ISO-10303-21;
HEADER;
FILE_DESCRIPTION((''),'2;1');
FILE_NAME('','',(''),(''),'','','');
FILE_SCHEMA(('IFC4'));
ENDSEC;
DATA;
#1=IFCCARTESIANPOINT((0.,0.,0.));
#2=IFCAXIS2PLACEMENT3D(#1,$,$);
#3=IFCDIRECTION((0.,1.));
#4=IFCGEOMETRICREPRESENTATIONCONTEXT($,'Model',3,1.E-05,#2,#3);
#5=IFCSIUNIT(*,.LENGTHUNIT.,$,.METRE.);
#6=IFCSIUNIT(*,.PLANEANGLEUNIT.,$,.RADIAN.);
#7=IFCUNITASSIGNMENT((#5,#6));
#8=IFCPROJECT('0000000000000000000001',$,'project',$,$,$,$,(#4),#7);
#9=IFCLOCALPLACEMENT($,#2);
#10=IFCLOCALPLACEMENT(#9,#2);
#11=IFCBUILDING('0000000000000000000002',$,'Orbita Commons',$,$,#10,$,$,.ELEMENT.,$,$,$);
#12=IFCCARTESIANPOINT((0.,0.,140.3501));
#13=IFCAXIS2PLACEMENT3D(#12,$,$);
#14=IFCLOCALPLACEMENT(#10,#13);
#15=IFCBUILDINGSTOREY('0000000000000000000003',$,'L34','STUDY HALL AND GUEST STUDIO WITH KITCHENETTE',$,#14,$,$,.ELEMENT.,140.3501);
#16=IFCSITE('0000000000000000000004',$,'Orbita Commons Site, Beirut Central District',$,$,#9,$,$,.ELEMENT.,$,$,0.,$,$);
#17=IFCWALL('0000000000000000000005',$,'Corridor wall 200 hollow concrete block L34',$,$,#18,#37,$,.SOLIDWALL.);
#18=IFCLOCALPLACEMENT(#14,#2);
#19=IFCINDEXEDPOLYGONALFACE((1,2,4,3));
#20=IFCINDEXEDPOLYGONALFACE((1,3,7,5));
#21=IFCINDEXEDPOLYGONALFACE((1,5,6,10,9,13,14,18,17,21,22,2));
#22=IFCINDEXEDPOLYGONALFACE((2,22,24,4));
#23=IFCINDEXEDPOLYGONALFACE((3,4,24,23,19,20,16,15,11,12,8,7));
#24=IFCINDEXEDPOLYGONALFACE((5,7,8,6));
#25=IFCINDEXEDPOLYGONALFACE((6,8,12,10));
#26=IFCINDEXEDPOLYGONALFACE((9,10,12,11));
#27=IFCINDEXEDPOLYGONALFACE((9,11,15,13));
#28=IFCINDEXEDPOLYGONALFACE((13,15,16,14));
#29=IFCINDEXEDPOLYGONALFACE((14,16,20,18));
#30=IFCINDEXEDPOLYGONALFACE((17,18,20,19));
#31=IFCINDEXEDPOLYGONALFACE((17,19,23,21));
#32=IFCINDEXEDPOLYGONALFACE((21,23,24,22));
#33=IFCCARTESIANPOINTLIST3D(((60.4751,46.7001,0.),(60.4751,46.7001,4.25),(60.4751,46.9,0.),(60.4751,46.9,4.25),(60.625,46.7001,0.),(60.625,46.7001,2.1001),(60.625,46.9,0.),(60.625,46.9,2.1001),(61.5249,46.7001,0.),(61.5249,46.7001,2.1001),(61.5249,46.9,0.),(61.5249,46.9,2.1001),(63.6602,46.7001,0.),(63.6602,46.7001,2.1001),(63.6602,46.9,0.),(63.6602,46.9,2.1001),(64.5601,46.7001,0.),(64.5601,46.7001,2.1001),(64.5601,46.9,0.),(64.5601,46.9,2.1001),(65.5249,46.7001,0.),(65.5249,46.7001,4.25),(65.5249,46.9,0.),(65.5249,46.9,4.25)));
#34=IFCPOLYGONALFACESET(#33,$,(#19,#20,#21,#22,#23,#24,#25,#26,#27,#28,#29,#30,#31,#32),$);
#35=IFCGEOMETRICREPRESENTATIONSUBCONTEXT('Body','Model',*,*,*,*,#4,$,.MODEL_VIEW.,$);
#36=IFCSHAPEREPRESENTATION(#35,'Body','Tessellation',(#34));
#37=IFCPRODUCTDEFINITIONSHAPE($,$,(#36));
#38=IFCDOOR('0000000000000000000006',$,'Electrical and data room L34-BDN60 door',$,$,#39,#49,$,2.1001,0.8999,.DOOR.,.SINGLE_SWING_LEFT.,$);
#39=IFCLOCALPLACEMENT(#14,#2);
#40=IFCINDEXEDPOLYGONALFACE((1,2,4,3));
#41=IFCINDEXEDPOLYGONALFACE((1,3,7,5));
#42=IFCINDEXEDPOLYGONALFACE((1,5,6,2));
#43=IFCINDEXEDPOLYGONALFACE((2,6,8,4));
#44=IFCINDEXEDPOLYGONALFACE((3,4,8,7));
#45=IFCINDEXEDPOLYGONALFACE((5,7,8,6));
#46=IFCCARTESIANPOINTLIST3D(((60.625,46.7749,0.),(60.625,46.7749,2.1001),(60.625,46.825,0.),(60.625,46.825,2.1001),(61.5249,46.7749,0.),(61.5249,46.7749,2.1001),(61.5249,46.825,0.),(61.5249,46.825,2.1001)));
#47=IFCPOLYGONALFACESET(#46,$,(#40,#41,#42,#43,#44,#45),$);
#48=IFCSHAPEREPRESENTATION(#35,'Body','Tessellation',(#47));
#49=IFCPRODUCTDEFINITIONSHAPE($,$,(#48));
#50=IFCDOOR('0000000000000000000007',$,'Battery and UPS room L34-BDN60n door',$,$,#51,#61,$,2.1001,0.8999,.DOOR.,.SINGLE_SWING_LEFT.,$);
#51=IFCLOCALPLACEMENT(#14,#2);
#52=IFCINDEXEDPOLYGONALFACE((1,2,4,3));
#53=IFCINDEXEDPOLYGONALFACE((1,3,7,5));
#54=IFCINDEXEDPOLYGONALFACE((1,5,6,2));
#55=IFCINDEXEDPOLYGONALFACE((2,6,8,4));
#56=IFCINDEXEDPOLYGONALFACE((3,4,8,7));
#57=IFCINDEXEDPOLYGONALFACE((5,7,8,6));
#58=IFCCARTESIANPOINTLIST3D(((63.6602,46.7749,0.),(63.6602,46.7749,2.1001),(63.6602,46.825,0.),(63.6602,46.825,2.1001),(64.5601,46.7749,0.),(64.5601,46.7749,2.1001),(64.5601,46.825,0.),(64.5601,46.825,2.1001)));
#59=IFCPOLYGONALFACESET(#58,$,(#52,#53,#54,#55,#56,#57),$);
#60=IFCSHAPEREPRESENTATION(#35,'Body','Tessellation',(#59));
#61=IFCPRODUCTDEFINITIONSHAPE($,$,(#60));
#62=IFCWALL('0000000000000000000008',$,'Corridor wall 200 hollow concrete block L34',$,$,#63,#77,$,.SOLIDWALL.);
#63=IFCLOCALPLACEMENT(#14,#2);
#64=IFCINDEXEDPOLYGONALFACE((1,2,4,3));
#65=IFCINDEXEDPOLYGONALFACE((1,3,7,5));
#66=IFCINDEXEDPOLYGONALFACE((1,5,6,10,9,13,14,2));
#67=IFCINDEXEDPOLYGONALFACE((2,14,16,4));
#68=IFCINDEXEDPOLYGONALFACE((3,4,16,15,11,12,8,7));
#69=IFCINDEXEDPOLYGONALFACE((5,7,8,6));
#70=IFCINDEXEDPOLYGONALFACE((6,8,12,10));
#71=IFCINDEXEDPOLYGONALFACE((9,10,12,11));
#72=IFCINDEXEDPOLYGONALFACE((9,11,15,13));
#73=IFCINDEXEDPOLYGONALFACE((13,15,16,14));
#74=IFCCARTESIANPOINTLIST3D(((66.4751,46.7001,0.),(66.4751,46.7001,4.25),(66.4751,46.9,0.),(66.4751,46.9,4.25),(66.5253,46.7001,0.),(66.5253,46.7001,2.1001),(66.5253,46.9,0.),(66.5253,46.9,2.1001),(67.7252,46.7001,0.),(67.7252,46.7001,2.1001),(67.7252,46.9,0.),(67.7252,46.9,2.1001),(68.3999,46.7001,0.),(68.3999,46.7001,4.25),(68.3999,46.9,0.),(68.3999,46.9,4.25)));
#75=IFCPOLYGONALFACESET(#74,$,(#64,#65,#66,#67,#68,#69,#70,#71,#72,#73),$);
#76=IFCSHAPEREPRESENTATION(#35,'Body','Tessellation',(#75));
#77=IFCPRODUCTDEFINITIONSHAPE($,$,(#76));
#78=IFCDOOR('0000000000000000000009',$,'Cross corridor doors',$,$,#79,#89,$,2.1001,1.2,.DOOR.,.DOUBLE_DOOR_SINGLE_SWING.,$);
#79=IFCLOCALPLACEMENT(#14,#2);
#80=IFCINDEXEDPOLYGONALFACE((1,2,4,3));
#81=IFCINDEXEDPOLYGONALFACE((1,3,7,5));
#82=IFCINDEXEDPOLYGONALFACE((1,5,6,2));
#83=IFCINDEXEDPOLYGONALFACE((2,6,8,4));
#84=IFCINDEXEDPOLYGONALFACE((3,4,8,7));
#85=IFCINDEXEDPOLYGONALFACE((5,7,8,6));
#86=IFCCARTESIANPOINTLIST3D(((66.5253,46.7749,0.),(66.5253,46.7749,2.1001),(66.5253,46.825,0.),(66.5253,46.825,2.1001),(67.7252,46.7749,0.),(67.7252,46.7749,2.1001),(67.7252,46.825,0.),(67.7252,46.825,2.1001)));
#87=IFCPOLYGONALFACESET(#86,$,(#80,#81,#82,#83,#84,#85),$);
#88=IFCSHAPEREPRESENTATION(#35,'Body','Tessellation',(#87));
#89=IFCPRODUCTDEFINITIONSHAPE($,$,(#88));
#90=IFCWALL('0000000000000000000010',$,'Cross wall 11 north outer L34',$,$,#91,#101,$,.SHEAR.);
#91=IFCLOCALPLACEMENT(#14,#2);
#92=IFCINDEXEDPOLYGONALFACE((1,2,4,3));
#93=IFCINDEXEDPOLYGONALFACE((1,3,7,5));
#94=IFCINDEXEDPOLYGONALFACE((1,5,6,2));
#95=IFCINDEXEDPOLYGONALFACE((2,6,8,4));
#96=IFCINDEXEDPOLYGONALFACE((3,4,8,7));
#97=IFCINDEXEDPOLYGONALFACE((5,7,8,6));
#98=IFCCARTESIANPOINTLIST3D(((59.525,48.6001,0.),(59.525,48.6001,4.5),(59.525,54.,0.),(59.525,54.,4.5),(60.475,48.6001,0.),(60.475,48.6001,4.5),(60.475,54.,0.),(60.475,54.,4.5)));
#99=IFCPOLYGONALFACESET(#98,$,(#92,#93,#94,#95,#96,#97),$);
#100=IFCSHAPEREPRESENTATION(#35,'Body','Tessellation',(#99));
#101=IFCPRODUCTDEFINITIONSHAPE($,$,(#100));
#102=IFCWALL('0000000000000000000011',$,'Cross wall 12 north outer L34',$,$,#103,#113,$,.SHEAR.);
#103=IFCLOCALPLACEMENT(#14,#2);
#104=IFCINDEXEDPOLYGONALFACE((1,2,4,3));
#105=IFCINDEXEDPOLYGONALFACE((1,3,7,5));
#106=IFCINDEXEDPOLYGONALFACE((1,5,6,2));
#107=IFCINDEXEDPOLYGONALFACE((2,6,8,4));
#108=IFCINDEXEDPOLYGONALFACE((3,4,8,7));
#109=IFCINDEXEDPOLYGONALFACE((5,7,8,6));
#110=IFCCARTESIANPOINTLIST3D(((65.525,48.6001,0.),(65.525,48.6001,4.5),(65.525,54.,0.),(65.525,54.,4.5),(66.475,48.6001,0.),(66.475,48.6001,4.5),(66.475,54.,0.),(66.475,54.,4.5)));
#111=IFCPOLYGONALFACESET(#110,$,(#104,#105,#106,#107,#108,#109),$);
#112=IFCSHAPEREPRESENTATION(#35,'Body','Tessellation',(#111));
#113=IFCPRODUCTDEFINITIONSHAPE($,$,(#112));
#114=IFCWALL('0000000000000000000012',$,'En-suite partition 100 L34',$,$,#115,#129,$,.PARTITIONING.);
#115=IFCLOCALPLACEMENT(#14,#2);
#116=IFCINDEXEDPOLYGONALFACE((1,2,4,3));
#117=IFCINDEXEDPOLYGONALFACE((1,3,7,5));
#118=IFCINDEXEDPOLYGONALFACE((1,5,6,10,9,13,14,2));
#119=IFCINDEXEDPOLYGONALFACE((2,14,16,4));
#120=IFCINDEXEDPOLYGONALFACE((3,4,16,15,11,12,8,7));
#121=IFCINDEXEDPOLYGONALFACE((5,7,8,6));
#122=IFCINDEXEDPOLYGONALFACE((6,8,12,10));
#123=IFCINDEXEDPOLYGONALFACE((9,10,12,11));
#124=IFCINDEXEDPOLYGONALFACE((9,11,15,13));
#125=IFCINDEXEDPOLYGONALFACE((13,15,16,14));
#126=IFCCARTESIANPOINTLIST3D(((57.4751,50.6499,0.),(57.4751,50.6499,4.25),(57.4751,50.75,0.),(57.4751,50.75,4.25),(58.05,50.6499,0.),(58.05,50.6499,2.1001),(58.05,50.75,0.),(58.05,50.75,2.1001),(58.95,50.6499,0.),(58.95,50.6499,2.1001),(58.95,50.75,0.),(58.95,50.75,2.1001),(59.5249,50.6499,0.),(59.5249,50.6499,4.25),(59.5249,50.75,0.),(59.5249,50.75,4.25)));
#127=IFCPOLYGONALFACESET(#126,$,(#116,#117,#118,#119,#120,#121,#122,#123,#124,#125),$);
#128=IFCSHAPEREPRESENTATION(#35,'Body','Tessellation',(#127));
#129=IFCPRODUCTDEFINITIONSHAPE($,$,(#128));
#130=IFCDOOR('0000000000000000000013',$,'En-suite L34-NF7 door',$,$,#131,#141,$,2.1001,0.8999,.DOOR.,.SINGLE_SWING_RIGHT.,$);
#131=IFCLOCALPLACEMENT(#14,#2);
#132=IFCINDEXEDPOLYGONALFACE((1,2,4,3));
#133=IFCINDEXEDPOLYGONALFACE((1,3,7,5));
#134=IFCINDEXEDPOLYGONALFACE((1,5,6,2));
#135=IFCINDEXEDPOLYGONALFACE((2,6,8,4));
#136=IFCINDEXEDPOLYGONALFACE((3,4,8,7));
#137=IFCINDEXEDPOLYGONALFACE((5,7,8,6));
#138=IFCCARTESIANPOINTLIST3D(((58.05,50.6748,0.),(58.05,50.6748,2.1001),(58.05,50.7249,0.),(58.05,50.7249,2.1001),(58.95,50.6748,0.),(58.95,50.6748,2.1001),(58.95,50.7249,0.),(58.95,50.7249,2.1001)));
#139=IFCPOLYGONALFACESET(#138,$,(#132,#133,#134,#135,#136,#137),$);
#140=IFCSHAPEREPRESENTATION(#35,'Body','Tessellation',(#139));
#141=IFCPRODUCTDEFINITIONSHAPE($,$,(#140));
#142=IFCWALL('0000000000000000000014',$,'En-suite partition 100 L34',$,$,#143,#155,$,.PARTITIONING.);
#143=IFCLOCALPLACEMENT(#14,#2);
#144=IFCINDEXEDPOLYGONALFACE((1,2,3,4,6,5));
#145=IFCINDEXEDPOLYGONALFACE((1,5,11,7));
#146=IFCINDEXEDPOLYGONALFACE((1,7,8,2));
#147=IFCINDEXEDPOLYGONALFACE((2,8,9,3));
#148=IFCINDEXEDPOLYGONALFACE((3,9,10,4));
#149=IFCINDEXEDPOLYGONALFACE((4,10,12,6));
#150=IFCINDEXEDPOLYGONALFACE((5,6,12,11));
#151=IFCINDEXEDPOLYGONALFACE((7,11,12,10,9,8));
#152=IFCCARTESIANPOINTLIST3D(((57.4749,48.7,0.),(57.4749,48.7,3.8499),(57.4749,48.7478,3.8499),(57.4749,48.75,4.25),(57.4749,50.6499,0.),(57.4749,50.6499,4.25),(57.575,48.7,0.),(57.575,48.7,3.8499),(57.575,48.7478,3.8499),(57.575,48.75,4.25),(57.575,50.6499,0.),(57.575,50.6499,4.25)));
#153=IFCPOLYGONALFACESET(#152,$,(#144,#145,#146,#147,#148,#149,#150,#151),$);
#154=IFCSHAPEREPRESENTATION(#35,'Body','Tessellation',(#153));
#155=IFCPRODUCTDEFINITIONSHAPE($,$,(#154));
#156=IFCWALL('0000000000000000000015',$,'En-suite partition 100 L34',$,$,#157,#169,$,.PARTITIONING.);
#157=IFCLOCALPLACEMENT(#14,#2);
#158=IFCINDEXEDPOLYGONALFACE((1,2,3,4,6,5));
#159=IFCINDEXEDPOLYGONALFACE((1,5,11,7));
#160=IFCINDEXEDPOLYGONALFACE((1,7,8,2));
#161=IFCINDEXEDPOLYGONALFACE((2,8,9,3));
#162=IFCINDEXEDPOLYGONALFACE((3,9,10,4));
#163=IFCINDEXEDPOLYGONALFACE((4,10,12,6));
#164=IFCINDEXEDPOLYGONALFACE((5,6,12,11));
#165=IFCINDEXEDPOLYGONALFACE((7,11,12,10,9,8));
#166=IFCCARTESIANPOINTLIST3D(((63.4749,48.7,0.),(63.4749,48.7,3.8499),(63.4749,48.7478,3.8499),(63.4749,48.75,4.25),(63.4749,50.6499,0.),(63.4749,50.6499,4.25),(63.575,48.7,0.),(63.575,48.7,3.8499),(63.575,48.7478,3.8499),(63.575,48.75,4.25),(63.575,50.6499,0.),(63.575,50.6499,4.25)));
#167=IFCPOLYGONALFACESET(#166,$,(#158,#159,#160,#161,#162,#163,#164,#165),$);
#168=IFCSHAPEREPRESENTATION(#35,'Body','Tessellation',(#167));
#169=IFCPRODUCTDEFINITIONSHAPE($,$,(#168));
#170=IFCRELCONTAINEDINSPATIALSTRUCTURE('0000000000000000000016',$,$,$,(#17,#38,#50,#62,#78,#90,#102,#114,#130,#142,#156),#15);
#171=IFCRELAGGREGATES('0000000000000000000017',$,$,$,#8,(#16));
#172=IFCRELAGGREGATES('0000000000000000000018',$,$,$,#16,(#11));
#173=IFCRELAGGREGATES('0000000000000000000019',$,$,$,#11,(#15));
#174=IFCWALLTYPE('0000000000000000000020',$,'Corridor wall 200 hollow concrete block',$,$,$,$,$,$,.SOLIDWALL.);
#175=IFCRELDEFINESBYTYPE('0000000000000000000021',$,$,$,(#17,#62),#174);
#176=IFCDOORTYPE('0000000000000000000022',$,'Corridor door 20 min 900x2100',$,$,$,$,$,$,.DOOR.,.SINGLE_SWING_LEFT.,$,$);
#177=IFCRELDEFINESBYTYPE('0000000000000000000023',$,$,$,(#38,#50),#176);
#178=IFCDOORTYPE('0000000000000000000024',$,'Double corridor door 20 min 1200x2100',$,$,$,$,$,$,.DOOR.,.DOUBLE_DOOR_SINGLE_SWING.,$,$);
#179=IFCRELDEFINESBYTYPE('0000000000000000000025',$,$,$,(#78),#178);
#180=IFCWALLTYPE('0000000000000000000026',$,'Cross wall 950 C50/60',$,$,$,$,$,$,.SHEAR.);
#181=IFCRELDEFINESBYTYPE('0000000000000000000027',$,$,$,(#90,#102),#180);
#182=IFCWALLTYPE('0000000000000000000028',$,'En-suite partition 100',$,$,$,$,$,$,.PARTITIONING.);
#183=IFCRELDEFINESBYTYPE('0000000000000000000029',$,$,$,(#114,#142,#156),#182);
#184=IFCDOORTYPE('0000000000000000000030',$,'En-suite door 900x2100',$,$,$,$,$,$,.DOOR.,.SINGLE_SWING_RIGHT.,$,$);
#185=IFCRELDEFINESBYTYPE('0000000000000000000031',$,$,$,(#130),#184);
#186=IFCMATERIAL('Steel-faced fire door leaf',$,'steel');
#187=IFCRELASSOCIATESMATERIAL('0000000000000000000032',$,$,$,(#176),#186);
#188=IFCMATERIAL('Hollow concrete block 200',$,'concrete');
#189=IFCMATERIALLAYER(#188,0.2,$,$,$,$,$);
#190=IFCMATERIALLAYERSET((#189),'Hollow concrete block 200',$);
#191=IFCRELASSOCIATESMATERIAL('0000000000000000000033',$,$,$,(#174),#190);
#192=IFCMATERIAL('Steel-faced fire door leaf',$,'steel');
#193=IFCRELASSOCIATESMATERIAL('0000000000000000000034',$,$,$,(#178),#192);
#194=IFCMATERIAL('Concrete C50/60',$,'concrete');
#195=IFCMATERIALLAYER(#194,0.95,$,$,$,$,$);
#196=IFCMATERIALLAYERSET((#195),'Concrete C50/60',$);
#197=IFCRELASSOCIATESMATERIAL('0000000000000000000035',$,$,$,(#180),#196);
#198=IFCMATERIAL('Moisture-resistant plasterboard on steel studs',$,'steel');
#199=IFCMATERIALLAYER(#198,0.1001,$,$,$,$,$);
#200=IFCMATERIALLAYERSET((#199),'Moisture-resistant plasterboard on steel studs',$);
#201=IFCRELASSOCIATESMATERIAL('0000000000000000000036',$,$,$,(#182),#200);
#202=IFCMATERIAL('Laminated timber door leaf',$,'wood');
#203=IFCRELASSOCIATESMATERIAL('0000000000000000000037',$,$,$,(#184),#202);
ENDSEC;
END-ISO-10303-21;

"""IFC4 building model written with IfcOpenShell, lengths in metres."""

from ifc_helpers import new_model, si_unit, direction, frame, frame_2d, origin, place, context, subcontext, project, spatial, polyline, rectangle, outline, extrude, material, layer, layer_set, type_object, element, fill, save


model = new_model("IFC4")

# Units and contexts
model_context = context("Model", 3, precision=1e-05, world=origin(), true_north=direction((0.0, 1.0)))
body_context = subcontext(model_context, "Body", "Model", "MODEL_VIEW")
ifc_project = project(units=[si_unit("LENGTHUNIT", "METRE"), si_unit("PLANEANGLEUNIT", "RADIAN")], contexts=[model_context])

# Site, building, storey
site_placement = place(None, origin())
site = spatial("IfcSite", under=ifc_project, at=site_placement, Name="Orbita Commons Site, Beirut Central District", CompositionType="ELEMENT", RefElevation=0.0)
building_placement = place(site_placement, origin())
building = spatial("IfcBuilding", under=site, at=building_placement, Name="Orbita Commons", CompositionType="ELEMENT")
storey_placement = place(building_placement, frame((0.0, 0.0, 140.3501)))
storey = spatial("IfcBuildingStorey", under=building, at=storey_placement, Name="L34", Description="STUDY HALL AND GUEST STUDIO WITH KITCHENETTE", CompositionType="ELEMENT", Elevation=140.3501)

# Shared definitions
ifc_material_1 = material(Name="Steel-faced fire door leaf", Category="steel")
door_type_1 = type_object("IfcDoorType", Name="Corridor door 20 min 900x2100", OperationType="SINGLE_SWING_LEFT", PredefinedType="DOOR", material=ifc_material_1)

# Wall, openings, doors
ifc_material_2 = material(Name="Hollow concrete block 200", Category="concrete")
ifc_layer_1 = layer(ifc_material_2, 0.2)
ifc_layer_set_1 = layer_set([ifc_layer_1], Name="Hollow concrete block 200")
wall_type_1 = type_object("IfcWallType", Name="Corridor wall 200 hollow concrete block", PredefinedType="SOLIDWALL", material=ifc_layer_set_1)
wall_1_placement = place(storey_placement, frame((60.4751, 46.8, 0.0), z_axis=(0.0, 0.0, 1.0), x_axis=(1.0, 0.0, 0.0)))
wall_1 = element("IfcWall", 1, at=wall_1_placement, inside=storey, type_object=wall_type_1, Name="Corridor wall 200 hollow concrete block L34", PredefinedType="SOLIDWALL", context=body_context, shape_type="SweptSolid", body=[
    extrude(rectangle(XDim=5.0498, YDim=0.2, at=frame_2d((2.5249, 0.0))), origin(), (0.0, 0.0, 1.0), 4.25),
])
opening_1_placement = place(wall_1_placement, frame((0.1499, 0.0, 0.0)))
opening_1 = element("IfcOpeningElement", 2, at=opening_1_placement, cuts=wall_1, PredefinedType="OPENING", context=body_context, shape_type="SweptSolid", body=[
    extrude(rectangle(XDim=0.8999, YDim=2.1001, at=frame_2d((0.45, 1.05))), frame((0.0, 0.1099, 0.0), z_axis=(0.0, -1.0, 0.0), x_axis=(1.0, 0.0, 0.0)), (0.0, 0.0, 1.0), 0.22),
])
opening_2_placement = place(wall_1_placement, frame((3.1851, 0.0, 0.0)))
opening_2 = element("IfcOpeningElement", 3, at=opening_2_placement, cuts=wall_1, PredefinedType="OPENING", context=body_context, shape_type="SweptSolid", body=[
    extrude(rectangle(XDim=0.8999, YDim=2.1001, at=frame_2d((0.45, 1.05))), frame((0.0, 0.1099, 0.0), z_axis=(0.0, -1.0, 0.0), x_axis=(1.0, 0.0, 0.0)), (0.0, 0.0, 1.0), 0.22),
])
door_1_placement = place(opening_1_placement, origin())
door_1 = element("IfcDoor", 4, at=door_1_placement, inside=storey, type_object=door_type_1, Name="Electrical and data room L34-BDN60 door", OperationType="SINGLE_SWING_LEFT", OverallHeight=2.1001, OverallWidth=0.8999, PredefinedType="DOOR", context=body_context, shape_type="SweptSolid", body=[
    extrude(rectangle(XDim=0.8999, YDim=2.1001, at=frame_2d((0.45, 1.05))), frame((0.0, 0.0249, 0.0), z_axis=(0.0, -1.0, 0.0), x_axis=(1.0, 0.0, 0.0)), (0.0, 0.0, 1.0), 0.05),
])
fill(opening_1, door_1)
door_2_placement = place(opening_2_placement, origin())
door_2 = element("IfcDoor", 5, at=door_2_placement, inside=storey, type_object=door_type_1, Name="Battery and UPS room L34-BDN60n door", OperationType="SINGLE_SWING_LEFT", OverallHeight=2.1001, OverallWidth=0.8999, PredefinedType="DOOR", context=body_context, shape_type="SweptSolid", body=[
    extrude(rectangle(XDim=0.8999, YDim=2.1001, at=frame_2d((0.45, 1.05))), frame((0.0, 0.0249, 0.0), z_axis=(0.0, -1.0, 0.0), x_axis=(1.0, 0.0, 0.0)), (0.0, 0.0, 1.0), 0.05),
])
fill(opening_2, door_2)

# Wall, opening, door
wall_2_placement = place(storey_placement, frame((66.4751, 46.8, 0.0), z_axis=(0.0, 0.0, 1.0), x_axis=(1.0, 0.0, 0.0)))
wall_2 = element("IfcWall", 6, at=wall_2_placement, inside=storey, type_object=wall_type_1, Name="Corridor wall 200 hollow concrete block L34", PredefinedType="SOLIDWALL", context=body_context, shape_type="SweptSolid", body=[
    extrude(rectangle(XDim=1.9248, YDim=0.2, at=frame_2d((0.9624, 0.0))), origin(), (0.0, 0.0, 1.0), 4.25),
])
opening_3_placement = place(wall_2_placement, frame((0.05, 0.0, 0.0)))
opening_3 = element("IfcOpeningElement", 7, at=opening_3_placement, cuts=wall_2, PredefinedType="OPENING", context=body_context, shape_type="SweptSolid", body=[
    extrude(rectangle(XDim=1.2, YDim=2.1001, at=frame_2d((0.6001, 1.05))), frame((0.0, 0.1099, 0.0), z_axis=(0.0, -1.0, 0.0), x_axis=(1.0, 0.0, 0.0)), (0.0, 0.0, 1.0), 0.22),
])
ifc_material_3 = material(Name="Steel-faced fire door leaf", Category="steel")
door_type_2 = type_object("IfcDoorType", Name="Double corridor door 20 min 1200x2100", OperationType="DOUBLE_DOOR_SINGLE_SWING", PredefinedType="DOOR", material=ifc_material_3)
door_3_placement = place(opening_3_placement, origin())
door_3 = element("IfcDoor", 8, at=door_3_placement, inside=storey, type_object=door_type_2, Name="Cross corridor doors", OperationType="DOUBLE_DOOR_SINGLE_SWING", OverallHeight=2.1001, OverallWidth=1.2, PredefinedType="DOOR", context=body_context, shape_type="SweptSolid", body=[
    extrude(rectangle(XDim=1.2, YDim=2.1001, at=frame_2d((0.6001, 1.05))), frame((0.0, 0.0249, 0.0), z_axis=(0.0, -1.0, 0.0), x_axis=(1.0, 0.0, 0.0)), (0.0, 0.0, 1.0), 0.05),
])
fill(opening_3, door_3)

# Walls
ifc_material_4 = material(Name="Concrete C50/60", Category="concrete")
ifc_layer_2 = layer(ifc_material_4, 0.95)
ifc_layer_set_2 = layer_set([ifc_layer_2], Name="Concrete C50/60")
wall_type_2 = type_object("IfcWallType", Name="Cross wall 950 C50/60", PredefinedType="SHEAR", material=ifc_layer_set_2)
for number, where, z_axis, x_axis, name in (
    (9, (60.0, 48.6001, 0.0), (0.0, 0.0, 1.0), (0.0, 1.0, 0.0), "Cross wall 11 north outer L34"),
    (10, (66.0, 48.6001, 0.0), (0.0, 0.0, 1.0), (0.0, 1.0, 0.0), "Cross wall 12 north outer L34"),
):
    element("IfcWall", number, at=place(storey_placement, frame(where, z_axis=z_axis, x_axis=x_axis)), inside=storey, type_object=wall_type_2, Name=name, PredefinedType="SHEAR", context=body_context, shape_type="SweptSolid", body=[
        extrude(rectangle(XDim=5.3999, YDim=0.95, at=frame_2d((2.7, 0.0))), origin(), (0.0, 0.0, 1.0), 4.5),
    ])

# Wall, opening, door
ifc_material_5 = material(Name="Moisture-resistant plasterboard on steel studs", Category="steel")
ifc_layer_3 = layer(ifc_material_5, 0.1001)
ifc_layer_set_3 = layer_set([ifc_layer_3], Name="Moisture-resistant plasterboard on steel studs")
wall_type_3 = type_object("IfcWallType", Name="En-suite partition 100", PredefinedType="PARTITIONING", material=ifc_layer_set_3)
wall_3_placement = place(storey_placement, frame((57.4751, 50.7, 0.0), z_axis=(0.0, 0.0, 1.0), x_axis=(1.0, 0.0, 0.0)))
wall_3 = element("IfcWall", 11, at=wall_3_placement, inside=storey, type_object=wall_type_3, Name="En-suite partition 100 L34", PredefinedType="PARTITIONING", context=body_context, shape_type="SweptSolid", body=[
    extrude(rectangle(XDim=2.0498, YDim=0.1001, at=frame_2d((1.0249, 0.0))), origin(), (0.0, 0.0, 1.0), 4.25),
])
opening_4_placement = place(wall_3_placement, frame((0.575, 0.0, 0.0)))
opening_4 = element("IfcOpeningElement", 12, at=opening_4_placement, cuts=wall_3, PredefinedType="OPENING", context=body_context, shape_type="SweptSolid", body=[
    extrude(rectangle(XDim=0.8999, YDim=2.1001, at=frame_2d((0.45, 1.05))), frame((0.0, 0.0601, 0.0), z_axis=(0.0, -1.0, 0.0), x_axis=(1.0, 0.0, 0.0)), (0.0, 0.0, 1.0), 0.1201),
])
ifc_material_6 = material(Name="Laminated timber door leaf", Category="wood")
door_type_3 = type_object("IfcDoorType", Name="En-suite door 900x2100", OperationType="SINGLE_SWING_RIGHT", PredefinedType="DOOR", material=ifc_material_6)
door_4_placement = place(opening_4_placement, origin())
door_4 = element("IfcDoor", 13, at=door_4_placement, inside=storey, type_object=door_type_3, Name="En-suite L34-NF7 door", OperationType="SINGLE_SWING_RIGHT", OverallHeight=2.1001, OverallWidth=0.8999, PredefinedType="DOOR", context=body_context, shape_type="SweptSolid", body=[
    extrude(rectangle(XDim=0.8999, YDim=2.1001, at=frame_2d((0.45, 1.05))), frame((0.0, 0.0249, 0.0), z_axis=(0.0, -1.0, 0.0), x_axis=(1.0, 0.0, 0.0)), (0.0, 0.0, 1.0), 0.05),
])
fill(opening_4, door_4)

# Walls
for number, where, z_axis, x_axis, name in (
    (14, (57.5249, 50.6499, 0.0), (0.0, 0.0, 1.0), (0.0, -1.0, 0.0), "En-suite partition 100 L34"),
    (15, (63.5249, 50.6499, 0.0), (0.0, 0.0, 1.0), (0.0, -1.0, 0.0), "En-suite partition 100 L34"),
):
    element("IfcWall", number, at=place(storey_placement, frame(where, z_axis=z_axis, x_axis=x_axis)), inside=storey, type_object=wall_type_3, Name=name, PredefinedType="PARTITIONING", context=body_context, shape_type="SweptSolid", body=[
        extrude(outline(polyline([(0.0, 0.0), (1.95, 0.0), (1.95, 3.8499), (1.9021, 3.8499), (1.8999, 4.25), (0.0, 4.25), (0.0, 0.0)])), frame((0.0, 0.05, 0.0), z_axis=(0.0, -1.0, 0.0), x_axis=(1.0, 0.0, 0.0)), (0.0, 0.0, 1.0), 0.1001),
    ])

save(model, "model.ifc")
